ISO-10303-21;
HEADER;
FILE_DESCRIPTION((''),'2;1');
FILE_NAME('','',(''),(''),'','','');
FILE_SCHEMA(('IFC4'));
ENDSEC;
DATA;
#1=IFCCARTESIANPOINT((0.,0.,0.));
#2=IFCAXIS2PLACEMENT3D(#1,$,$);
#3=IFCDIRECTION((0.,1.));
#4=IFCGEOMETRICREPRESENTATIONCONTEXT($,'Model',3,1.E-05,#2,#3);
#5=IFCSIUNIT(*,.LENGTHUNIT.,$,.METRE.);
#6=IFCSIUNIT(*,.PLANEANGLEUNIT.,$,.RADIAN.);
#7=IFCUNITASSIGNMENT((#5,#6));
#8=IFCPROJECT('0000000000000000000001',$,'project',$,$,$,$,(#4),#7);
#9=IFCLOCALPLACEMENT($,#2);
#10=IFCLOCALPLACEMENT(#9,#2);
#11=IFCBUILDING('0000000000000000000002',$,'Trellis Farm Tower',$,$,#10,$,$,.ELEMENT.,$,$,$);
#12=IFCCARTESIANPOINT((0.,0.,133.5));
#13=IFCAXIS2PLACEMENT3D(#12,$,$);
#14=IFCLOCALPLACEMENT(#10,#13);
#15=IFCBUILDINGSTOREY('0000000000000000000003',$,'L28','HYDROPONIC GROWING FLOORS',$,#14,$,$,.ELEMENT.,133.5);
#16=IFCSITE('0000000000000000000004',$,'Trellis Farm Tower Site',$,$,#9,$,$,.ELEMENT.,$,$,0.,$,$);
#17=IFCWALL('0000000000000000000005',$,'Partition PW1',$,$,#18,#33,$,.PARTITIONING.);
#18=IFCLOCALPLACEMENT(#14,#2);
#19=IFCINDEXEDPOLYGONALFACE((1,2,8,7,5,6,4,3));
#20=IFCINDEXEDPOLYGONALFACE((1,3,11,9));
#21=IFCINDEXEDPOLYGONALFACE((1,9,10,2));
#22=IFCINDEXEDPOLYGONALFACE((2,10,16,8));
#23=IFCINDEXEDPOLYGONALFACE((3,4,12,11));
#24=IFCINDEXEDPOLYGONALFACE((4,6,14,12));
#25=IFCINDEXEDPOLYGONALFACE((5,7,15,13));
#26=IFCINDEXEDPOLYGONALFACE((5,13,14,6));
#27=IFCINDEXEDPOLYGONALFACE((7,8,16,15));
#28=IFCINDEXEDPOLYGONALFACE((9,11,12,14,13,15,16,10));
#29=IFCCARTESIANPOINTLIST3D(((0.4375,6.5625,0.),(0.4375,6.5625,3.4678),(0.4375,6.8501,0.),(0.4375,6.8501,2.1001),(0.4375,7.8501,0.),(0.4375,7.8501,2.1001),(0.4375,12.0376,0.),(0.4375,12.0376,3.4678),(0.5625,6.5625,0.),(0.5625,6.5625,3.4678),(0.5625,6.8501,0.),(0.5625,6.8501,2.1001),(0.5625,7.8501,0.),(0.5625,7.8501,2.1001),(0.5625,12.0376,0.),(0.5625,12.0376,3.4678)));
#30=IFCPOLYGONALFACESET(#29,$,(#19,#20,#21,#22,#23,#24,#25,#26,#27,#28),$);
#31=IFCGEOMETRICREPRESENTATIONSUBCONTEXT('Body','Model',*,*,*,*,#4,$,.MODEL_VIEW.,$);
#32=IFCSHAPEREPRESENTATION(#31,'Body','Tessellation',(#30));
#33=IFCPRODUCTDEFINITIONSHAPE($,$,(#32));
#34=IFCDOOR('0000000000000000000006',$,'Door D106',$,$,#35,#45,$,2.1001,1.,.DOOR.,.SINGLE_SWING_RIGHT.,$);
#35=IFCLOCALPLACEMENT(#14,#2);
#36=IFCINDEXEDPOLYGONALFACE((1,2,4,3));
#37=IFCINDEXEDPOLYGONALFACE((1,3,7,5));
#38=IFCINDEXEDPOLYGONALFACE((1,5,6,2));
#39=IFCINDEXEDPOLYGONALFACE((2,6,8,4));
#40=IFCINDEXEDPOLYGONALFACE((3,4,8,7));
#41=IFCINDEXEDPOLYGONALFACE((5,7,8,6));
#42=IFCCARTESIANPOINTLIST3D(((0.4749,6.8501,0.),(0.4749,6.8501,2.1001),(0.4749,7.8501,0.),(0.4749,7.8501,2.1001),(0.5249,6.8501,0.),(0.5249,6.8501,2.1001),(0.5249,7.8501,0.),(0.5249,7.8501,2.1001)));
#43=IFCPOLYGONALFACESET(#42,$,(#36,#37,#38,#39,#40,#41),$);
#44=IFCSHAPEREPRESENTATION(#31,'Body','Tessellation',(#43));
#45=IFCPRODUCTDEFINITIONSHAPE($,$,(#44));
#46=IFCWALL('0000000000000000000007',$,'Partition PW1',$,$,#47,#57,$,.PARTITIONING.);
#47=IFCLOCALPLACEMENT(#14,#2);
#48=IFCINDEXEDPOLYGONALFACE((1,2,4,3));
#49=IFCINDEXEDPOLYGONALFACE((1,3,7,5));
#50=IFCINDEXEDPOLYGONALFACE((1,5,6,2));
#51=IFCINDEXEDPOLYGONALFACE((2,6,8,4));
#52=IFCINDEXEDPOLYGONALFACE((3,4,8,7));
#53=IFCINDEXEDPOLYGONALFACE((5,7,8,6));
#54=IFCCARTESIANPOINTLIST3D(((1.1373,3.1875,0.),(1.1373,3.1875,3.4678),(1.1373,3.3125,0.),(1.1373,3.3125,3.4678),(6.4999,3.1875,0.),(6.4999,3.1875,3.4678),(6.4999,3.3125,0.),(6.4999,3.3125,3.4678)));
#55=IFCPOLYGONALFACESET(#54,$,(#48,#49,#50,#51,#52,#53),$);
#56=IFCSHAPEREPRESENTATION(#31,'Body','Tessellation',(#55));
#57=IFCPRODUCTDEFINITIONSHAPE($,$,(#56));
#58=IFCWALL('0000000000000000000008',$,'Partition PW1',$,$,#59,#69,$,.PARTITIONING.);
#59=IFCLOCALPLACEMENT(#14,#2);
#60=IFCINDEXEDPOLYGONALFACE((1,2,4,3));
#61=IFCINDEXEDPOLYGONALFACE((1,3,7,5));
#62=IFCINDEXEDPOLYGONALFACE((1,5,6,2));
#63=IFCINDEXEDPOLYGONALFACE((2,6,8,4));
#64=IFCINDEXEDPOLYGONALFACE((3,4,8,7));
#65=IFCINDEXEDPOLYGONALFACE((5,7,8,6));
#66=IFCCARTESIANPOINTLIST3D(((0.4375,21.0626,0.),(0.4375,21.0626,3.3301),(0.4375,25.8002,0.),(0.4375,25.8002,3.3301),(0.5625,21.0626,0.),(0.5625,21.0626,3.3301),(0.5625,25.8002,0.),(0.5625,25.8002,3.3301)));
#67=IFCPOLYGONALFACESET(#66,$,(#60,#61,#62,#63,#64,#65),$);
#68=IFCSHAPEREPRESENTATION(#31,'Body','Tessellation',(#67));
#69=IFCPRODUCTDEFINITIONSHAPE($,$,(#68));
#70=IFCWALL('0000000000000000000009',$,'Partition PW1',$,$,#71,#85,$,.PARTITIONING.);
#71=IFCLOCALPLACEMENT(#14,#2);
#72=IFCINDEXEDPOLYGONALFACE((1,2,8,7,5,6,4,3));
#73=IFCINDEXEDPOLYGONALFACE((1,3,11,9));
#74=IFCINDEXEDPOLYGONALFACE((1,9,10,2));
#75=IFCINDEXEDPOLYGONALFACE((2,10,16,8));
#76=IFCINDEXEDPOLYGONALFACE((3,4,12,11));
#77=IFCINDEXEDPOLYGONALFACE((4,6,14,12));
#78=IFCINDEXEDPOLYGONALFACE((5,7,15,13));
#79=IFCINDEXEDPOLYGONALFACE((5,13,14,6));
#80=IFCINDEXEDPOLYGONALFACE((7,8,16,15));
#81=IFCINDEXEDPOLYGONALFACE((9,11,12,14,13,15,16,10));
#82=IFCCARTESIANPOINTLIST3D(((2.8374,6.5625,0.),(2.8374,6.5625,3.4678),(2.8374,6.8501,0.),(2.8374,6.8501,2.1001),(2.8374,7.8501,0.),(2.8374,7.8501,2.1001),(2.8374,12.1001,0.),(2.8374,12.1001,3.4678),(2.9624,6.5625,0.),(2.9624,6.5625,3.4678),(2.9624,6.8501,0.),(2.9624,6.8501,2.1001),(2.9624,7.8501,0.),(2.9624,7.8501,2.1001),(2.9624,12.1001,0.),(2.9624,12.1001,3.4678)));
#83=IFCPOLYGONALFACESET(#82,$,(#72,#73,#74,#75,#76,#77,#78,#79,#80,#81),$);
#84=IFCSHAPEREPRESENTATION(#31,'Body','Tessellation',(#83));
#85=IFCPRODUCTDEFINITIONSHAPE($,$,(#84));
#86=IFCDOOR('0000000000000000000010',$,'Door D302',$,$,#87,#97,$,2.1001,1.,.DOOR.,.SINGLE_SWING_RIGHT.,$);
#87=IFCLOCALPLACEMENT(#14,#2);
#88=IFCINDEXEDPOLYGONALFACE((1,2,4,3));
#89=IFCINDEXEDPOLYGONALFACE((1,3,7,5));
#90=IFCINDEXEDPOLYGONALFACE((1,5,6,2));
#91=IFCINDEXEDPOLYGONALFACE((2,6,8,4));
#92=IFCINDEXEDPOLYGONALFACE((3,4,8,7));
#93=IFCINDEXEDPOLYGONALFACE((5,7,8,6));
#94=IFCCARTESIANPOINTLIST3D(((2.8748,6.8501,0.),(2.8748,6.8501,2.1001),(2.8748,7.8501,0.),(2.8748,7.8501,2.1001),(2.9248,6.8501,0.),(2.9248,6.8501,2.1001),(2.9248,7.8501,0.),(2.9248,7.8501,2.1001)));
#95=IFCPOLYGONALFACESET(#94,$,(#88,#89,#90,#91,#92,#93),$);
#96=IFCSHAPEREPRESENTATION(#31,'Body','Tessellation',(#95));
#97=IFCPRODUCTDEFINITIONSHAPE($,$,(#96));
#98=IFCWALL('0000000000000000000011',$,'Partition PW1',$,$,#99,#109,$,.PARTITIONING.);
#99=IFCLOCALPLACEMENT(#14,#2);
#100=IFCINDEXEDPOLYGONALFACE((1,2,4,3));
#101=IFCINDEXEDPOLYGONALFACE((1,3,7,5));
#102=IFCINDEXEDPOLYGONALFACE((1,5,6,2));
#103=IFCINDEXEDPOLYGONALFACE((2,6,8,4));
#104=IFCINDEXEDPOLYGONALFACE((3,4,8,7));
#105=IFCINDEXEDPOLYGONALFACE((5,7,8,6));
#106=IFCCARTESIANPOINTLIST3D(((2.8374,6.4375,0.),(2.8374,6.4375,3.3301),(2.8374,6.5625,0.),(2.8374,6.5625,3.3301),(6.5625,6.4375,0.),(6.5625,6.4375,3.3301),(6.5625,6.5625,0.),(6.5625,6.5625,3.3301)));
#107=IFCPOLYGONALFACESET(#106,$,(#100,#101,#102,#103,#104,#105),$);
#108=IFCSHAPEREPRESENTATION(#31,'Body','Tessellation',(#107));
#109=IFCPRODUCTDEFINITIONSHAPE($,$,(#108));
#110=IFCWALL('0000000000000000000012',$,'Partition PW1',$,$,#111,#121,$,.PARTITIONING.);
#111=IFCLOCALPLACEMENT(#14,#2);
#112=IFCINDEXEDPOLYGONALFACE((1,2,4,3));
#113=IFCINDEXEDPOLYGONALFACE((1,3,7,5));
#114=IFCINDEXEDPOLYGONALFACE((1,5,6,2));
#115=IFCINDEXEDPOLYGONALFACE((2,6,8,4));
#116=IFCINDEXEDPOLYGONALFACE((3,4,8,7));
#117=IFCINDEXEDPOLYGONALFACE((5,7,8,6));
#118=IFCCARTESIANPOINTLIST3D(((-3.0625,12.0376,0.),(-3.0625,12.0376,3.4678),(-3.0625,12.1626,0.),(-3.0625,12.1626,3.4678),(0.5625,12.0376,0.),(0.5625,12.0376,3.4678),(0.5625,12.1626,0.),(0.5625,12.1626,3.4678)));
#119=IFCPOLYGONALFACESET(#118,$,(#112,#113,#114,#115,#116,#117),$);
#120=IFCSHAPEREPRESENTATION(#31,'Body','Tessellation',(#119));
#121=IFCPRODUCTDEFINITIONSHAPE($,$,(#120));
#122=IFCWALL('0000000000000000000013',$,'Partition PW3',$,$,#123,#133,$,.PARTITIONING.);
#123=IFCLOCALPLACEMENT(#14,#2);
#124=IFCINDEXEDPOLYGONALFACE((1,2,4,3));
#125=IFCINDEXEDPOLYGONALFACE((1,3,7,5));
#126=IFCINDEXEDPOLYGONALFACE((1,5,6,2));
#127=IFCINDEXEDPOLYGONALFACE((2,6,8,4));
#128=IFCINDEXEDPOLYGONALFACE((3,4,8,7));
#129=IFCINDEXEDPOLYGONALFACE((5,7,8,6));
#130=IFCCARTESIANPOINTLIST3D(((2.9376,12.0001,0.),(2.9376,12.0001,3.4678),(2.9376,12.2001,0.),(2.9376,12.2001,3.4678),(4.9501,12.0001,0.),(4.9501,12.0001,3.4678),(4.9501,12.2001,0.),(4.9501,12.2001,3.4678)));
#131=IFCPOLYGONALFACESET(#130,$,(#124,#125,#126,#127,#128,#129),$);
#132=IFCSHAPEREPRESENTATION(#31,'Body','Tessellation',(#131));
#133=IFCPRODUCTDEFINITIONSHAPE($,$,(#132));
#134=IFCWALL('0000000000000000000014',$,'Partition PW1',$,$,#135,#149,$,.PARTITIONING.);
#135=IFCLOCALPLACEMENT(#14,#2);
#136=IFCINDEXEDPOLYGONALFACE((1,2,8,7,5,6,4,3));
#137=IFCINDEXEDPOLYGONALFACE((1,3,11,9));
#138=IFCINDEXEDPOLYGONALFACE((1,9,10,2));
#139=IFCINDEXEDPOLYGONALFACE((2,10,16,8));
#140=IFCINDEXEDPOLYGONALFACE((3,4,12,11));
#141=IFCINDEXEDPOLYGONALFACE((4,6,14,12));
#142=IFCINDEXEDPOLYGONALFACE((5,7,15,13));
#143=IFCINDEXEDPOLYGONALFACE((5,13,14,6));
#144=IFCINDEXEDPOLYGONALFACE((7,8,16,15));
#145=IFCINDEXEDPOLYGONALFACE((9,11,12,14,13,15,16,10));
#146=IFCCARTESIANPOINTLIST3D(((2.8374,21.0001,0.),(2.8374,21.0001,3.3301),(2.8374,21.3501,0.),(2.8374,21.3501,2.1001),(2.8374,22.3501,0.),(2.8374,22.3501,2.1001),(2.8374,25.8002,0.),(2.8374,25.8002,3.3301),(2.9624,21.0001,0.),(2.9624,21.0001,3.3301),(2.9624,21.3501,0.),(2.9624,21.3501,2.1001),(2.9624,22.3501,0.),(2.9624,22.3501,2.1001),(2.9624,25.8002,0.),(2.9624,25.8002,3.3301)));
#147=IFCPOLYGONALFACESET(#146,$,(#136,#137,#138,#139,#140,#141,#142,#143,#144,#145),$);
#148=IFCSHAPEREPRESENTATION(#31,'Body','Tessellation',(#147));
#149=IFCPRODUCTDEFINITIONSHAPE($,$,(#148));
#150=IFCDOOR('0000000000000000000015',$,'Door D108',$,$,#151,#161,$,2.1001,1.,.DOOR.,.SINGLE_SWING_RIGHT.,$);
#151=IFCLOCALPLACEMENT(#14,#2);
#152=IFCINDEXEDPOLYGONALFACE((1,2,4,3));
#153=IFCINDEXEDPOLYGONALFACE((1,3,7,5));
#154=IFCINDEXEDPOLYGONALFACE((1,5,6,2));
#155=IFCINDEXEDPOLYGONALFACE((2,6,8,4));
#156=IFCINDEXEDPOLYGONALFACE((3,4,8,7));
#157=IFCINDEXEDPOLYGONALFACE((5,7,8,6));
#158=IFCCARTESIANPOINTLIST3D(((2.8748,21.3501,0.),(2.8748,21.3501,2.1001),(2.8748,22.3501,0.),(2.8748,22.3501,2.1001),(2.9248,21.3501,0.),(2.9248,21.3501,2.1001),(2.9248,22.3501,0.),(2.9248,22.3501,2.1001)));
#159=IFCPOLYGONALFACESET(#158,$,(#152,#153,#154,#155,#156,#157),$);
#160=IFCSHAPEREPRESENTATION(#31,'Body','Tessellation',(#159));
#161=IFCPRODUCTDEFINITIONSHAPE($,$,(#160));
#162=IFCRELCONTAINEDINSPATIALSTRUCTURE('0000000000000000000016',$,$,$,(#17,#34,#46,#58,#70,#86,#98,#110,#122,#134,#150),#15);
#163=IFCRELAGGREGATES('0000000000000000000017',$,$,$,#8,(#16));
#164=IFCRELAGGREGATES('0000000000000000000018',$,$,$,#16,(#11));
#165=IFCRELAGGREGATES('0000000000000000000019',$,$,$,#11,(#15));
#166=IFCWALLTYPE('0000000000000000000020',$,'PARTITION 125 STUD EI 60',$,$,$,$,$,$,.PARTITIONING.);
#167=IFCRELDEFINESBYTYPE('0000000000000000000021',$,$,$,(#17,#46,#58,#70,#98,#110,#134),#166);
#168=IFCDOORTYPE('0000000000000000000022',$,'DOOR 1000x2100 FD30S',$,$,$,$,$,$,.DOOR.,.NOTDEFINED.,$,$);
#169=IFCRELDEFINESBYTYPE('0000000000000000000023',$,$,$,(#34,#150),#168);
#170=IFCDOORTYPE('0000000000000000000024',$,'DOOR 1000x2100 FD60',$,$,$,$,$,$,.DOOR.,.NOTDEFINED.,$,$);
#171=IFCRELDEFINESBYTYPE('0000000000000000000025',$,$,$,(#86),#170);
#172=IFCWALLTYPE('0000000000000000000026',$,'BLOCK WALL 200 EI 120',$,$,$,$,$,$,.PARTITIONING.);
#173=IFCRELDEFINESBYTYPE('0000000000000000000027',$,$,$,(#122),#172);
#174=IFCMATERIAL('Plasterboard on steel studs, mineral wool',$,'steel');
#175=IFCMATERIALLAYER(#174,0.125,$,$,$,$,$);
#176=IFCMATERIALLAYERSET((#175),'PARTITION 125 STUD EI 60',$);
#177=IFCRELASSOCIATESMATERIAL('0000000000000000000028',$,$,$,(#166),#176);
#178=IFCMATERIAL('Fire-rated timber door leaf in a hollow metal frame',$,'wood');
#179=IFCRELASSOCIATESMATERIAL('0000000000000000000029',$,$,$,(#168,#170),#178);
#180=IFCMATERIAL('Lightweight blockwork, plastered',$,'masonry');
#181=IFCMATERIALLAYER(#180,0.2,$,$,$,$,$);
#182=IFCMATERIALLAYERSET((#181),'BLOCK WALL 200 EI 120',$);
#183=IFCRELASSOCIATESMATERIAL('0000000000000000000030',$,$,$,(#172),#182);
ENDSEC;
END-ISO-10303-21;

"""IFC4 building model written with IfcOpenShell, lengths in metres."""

from ifc_helpers import new_model, si_unit, direction, frame, frame_2d, origin, place, context, subcontext, project, spatial, rectangle, extrude, source, transform, mapped, material, layer, layer_set, type_object, element, fill, save


model = new_model("IFC4")

# Units and contexts
model_context = context("Model", 3, precision=1e-05, world=origin(), true_north=direction((0.0, 1.0)))
body_context = subcontext(model_context, "Body", "Model", "MODEL_VIEW")
ifc_project = project(units=[si_unit("LENGTHUNIT", "METRE"), si_unit("PLANEANGLEUNIT", "RADIAN")], contexts=[model_context])

# Site, building, storey
site_placement = place(None, origin())
site = spatial("IfcSite", under=ifc_project, at=site_placement, Name="Trellis Farm Tower Site", CompositionType="ELEMENT", RefElevation=0.0)
building_placement = place(site_placement, origin())
building = spatial("IfcBuilding", under=site, at=building_placement, Name="Trellis Farm Tower", CompositionType="ELEMENT")
storey_placement = place(building_placement, frame((0.0, 0.0, 133.5)))
storey = spatial("IfcBuildingStorey", under=building, at=storey_placement, Name="L28", Description="HYDROPONIC GROWING FLOORS", CompositionType="ELEMENT", Elevation=133.5)

# Shared definitions
ifc_material_1 = material(Name="Plasterboard on steel studs, mineral wool", Category="steel")
ifc_layer_1 = layer(ifc_material_1, 0.125)
ifc_layer_set_1 = layer_set([ifc_layer_1], Name="PARTITION 125 STUD EI 60")
wall_type_1 = type_object("IfcWallType", Name="PARTITION 125 STUD EI 60", PredefinedType="PARTITIONING", material=ifc_layer_set_1)

# Wall, opening, door
shared_shape_1 = source(origin(), body_context, "Body", "SweptSolid", [
    extrude(rectangle(XDim=5.4751, YDim=0.125, at=frame_2d((2.7375, 0.0))), origin(), (0.0, 0.0, 1.0), 3.4678),
])
wall_1_placement = place(storey_placement, frame((0.5, 12.0376, 0.0), z_axis=(0.0, 0.0, 1.0), x_axis=(0.0, -1.0, 0.0)))
wall_1 = element("IfcWall", 1, at=wall_1_placement, inside=storey, type_object=wall_type_1, Name="Partition PW1", PredefinedType="PARTITIONING", context=body_context, shape_type="MappedRepresentation", body=[
    mapped(shared_shape_1, transform((0.0, 0.0, 0.0))),
])
shared_shape_2 = source(origin(), body_context, "Body", "SweptSolid", [
    extrude(rectangle(XDim=1.0, YDim=2.1001, at=frame_2d((0.5, 1.05))), frame((0.0, 0.0725, 0.0), z_axis=(0.0, -1.0, 0.0), x_axis=(1.0, 0.0, 0.0)), (0.0, 0.0, 1.0), 0.145),
])
opening_1_placement = place(wall_1_placement, frame((4.1875, 0.0, 0.0)))
opening_1 = element("IfcOpeningElement", 2, at=opening_1_placement, cuts=wall_1, PredefinedType="OPENING", context=body_context, shape_type="MappedRepresentation", body=[
    mapped(shared_shape_2, transform((0.0, 0.0, 0.0))),
])
ifc_material_2 = material(Name="Fire-rated timber door leaf in a hollow metal frame", Category="wood")
door_type_1 = type_object("IfcDoorType", Name="DOOR 1000x2100 FD30S", OperationType="NOTDEFINED", PredefinedType="DOOR", material=ifc_material_2)
shared_shape_3 = source(origin(), body_context, "Body", "SweptSolid", [
    extrude(rectangle(XDim=1.0, YDim=2.1001, at=frame_2d((0.5, 1.05))), frame((0.0, 0.0249, 0.0), z_axis=(0.0, -1.0, 0.0), x_axis=(1.0, 0.0, 0.0)), (0.0, 0.0, 1.0), 0.05),
])
door_1_placement = place(opening_1_placement, origin())
door_1 = element("IfcDoor", 3, at=door_1_placement, inside=storey, type_object=door_type_1, Name="Door D106", OperationType="SINGLE_SWING_RIGHT", OverallHeight=2.1001, OverallWidth=1.0, PredefinedType="DOOR", context=body_context, shape_type="MappedRepresentation", body=[
    mapped(shared_shape_3, transform((0.0, 0.0, 0.0))),
])
fill(opening_1, door_1)

# Walls
shared_shape_4 = source(origin(), body_context, "Body", "SweptSolid", [
    extrude(rectangle(XDim=5.3625, YDim=0.125, at=frame_2d((2.6812, 0.0))), origin(), (0.0, 0.0, 1.0), 3.4678),
])
wall_2_placement = place(storey_placement, frame((1.1375, 3.25, 0.0), z_axis=(0.0, 0.0, 1.0), x_axis=(1.0, 0.0, 0.0)))
element("IfcWall", 4, at=wall_2_placement, inside=storey, type_object=wall_type_1, Name="Partition PW1", PredefinedType="PARTITIONING", context=body_context, shape_type="MappedRepresentation", body=[
    mapped(shared_shape_4, transform((0.0, 0.0, 0.0))),
])
shared_shape_5 = source(origin(), body_context, "Body", "SweptSolid", [
    extrude(rectangle(XDim=4.7375, YDim=0.125, at=frame_2d((2.3687, 0.0))), origin(), (0.0, 0.0, 1.0), 3.3301),
])
wall_3_placement = place(storey_placement, frame((0.5, 25.8, 0.0), z_axis=(0.0, 0.0, 1.0), x_axis=(0.0, -1.0, 0.0)))
element("IfcWall", 5, at=wall_3_placement, inside=storey, type_object=wall_type_1, Name="Partition PW1", PredefinedType="PARTITIONING", context=body_context, shape_type="MappedRepresentation", body=[
    mapped(shared_shape_5, transform((0.0, 0.0, 0.0))),
])

# Wall, opening, door
shared_shape_6 = source(origin(), body_context, "Body", "SweptSolid", [
    extrude(rectangle(XDim=5.5376, YDim=0.125, at=frame_2d((2.7688, 0.0))), origin(), (0.0, 0.0, 1.0), 3.4678),
])
wall_4_placement = place(storey_placement, frame((2.8999, 12.1001, 0.0), z_axis=(0.0, 0.0, 1.0), x_axis=(0.0, -1.0, 0.0)))
wall_4 = element("IfcWall", 6, at=wall_4_placement, inside=storey, type_object=wall_type_1, Name="Partition PW1", PredefinedType="PARTITIONING", context=body_context, shape_type="MappedRepresentation", body=[
    mapped(shared_shape_6, transform((0.0, 0.0, 0.0))),
])
opening_2_placement = place(wall_4_placement, frame((4.25, 0.0, 0.0)))
opening_2 = element("IfcOpeningElement", 7, at=opening_2_placement, cuts=wall_4, PredefinedType="OPENING", context=body_context, shape_type="MappedRepresentation", body=[
    mapped(shared_shape_2, transform((0.0, 0.0, 0.0))),
])
door_type_2 = type_object("IfcDoorType", Name="DOOR 1000x2100 FD60", OperationType="NOTDEFINED", PredefinedType="DOOR", material=ifc_material_2)
door_2_placement = place(opening_2_placement, origin())
door_2 = element("IfcDoor", 8, at=door_2_placement, inside=storey, type_object=door_type_2, Name="Door D302", OperationType="SINGLE_SWING_RIGHT", OverallHeight=2.1001, OverallWidth=1.0, PredefinedType="DOOR", context=body_context, shape_type="MappedRepresentation", body=[
    mapped(shared_shape_3, transform((0.0, 0.0, 0.0))),
])
fill(opening_2, door_2)

# Walls
shared_shape_7 = source(origin(), body_context, "Body", "SweptSolid", [
    extrude(rectangle(XDim=3.7251, YDim=0.125, at=frame_2d((1.8625, 0.0))), origin(), (0.0, 0.0, 1.0), 3.3301),
])
wall_5_placement = place(storey_placement, frame((2.8374, 6.5, 0.0), z_axis=(0.0, 0.0, 1.0), x_axis=(1.0, 0.0, 0.0)))
element("IfcWall", 9, at=wall_5_placement, inside=storey, type_object=wall_type_1, Name="Partition PW1", PredefinedType="PARTITIONING", context=body_context, shape_type="MappedRepresentation", body=[
    mapped(shared_shape_7, transform((0.0, 0.0, 0.0))),
])
shared_shape_8 = source(origin(), body_context, "Body", "SweptSolid", [
    extrude(rectangle(XDim=3.625, YDim=0.125, at=frame_2d((1.8125, 0.0))), origin(), (0.0, 0.0, 1.0), 3.4678),
])
wall_6_placement = place(storey_placement, frame((0.5625, 12.1001, 0.0), z_axis=(0.0, 0.0, 1.0), x_axis=(-1.0, 0.0, 0.0)))
element("IfcWall", 10, at=wall_6_placement, inside=storey, type_object=wall_type_1, Name="Partition PW1", PredefinedType="PARTITIONING", context=body_context, shape_type="MappedRepresentation", body=[
    mapped(shared_shape_8, transform((0.0, 0.0, 0.0))),
])
ifc_material_3 = material(Name="Lightweight blockwork, plastered", Category="masonry")
ifc_layer_2 = layer(ifc_material_3, 0.2)
ifc_layer_set_2 = layer_set([ifc_layer_2], Name="BLOCK WALL 200 EI 120")
wall_type_2 = type_object("IfcWallType", Name="BLOCK WALL 200 EI 120", PredefinedType="PARTITIONING", material=ifc_layer_set_2)
shared_shape_9 = source(origin(), body_context, "Body", "SweptSolid", [
    extrude(rectangle(XDim=2.0125, YDim=0.2, at=frame_2d((1.0063, 0.0))), origin(), (0.0, 0.0, 1.0), 3.4678),
])
wall_7_placement = place(storey_placement, frame((2.9375, 12.1001, 0.0), z_axis=(0.0, 0.0, 1.0), x_axis=(1.0, 0.0, 0.0)))
element("IfcWall", 11, at=wall_7_placement, inside=storey, type_object=wall_type_2, Name="Partition PW3", PredefinedType="PARTITIONING", context=body_context, shape_type="MappedRepresentation", body=[
    mapped(shared_shape_9, transform((0.0, 0.0, 0.0))),
])

# Wall, opening, door
shared_shape_10 = source(origin(), body_context, "Body", "SweptSolid", [
    extrude(rectangle(XDim=4.8, YDim=0.125, at=frame_2d((2.3999, 0.0))), origin(), (0.0, 0.0, 1.0), 3.3301),
])
wall_8_placement = place(storey_placement, frame((2.8999, 25.8, 0.0), z_axis=(0.0, 0.0, 1.0), x_axis=(0.0, -1.0, 0.0)))
wall_8 = element("IfcWall", 12, at=wall_8_placement, inside=storey, type_object=wall_type_1, Name="Partition PW1", PredefinedType="PARTITIONING", context=body_context, shape_type="MappedRepresentation", body=[
    mapped(shared_shape_10, transform((0.0, 0.0, 0.0))),
])
opening_3_placement = place(wall_8_placement, frame((3.45, 0.0, 0.0)))
opening_3 = element("IfcOpeningElement", 13, at=opening_3_placement, cuts=wall_8, PredefinedType="OPENING", context=body_context, shape_type="MappedRepresentation", body=[
    mapped(shared_shape_2, transform((0.0, 0.0, 0.0))),
])
door_3_placement = place(opening_3_placement, origin())
door_3 = element("IfcDoor", 14, at=door_3_placement, inside=storey, type_object=door_type_1, Name="Door D108", OperationType="SINGLE_SWING_RIGHT", OverallHeight=2.1001, OverallWidth=1.0, PredefinedType="DOOR", context=body_context, shape_type="MappedRepresentation", body=[
    mapped(shared_shape_3, transform((0.0, 0.0, 0.0))),
])
fill(opening_3, door_3)

save(model, "model.ifc")
